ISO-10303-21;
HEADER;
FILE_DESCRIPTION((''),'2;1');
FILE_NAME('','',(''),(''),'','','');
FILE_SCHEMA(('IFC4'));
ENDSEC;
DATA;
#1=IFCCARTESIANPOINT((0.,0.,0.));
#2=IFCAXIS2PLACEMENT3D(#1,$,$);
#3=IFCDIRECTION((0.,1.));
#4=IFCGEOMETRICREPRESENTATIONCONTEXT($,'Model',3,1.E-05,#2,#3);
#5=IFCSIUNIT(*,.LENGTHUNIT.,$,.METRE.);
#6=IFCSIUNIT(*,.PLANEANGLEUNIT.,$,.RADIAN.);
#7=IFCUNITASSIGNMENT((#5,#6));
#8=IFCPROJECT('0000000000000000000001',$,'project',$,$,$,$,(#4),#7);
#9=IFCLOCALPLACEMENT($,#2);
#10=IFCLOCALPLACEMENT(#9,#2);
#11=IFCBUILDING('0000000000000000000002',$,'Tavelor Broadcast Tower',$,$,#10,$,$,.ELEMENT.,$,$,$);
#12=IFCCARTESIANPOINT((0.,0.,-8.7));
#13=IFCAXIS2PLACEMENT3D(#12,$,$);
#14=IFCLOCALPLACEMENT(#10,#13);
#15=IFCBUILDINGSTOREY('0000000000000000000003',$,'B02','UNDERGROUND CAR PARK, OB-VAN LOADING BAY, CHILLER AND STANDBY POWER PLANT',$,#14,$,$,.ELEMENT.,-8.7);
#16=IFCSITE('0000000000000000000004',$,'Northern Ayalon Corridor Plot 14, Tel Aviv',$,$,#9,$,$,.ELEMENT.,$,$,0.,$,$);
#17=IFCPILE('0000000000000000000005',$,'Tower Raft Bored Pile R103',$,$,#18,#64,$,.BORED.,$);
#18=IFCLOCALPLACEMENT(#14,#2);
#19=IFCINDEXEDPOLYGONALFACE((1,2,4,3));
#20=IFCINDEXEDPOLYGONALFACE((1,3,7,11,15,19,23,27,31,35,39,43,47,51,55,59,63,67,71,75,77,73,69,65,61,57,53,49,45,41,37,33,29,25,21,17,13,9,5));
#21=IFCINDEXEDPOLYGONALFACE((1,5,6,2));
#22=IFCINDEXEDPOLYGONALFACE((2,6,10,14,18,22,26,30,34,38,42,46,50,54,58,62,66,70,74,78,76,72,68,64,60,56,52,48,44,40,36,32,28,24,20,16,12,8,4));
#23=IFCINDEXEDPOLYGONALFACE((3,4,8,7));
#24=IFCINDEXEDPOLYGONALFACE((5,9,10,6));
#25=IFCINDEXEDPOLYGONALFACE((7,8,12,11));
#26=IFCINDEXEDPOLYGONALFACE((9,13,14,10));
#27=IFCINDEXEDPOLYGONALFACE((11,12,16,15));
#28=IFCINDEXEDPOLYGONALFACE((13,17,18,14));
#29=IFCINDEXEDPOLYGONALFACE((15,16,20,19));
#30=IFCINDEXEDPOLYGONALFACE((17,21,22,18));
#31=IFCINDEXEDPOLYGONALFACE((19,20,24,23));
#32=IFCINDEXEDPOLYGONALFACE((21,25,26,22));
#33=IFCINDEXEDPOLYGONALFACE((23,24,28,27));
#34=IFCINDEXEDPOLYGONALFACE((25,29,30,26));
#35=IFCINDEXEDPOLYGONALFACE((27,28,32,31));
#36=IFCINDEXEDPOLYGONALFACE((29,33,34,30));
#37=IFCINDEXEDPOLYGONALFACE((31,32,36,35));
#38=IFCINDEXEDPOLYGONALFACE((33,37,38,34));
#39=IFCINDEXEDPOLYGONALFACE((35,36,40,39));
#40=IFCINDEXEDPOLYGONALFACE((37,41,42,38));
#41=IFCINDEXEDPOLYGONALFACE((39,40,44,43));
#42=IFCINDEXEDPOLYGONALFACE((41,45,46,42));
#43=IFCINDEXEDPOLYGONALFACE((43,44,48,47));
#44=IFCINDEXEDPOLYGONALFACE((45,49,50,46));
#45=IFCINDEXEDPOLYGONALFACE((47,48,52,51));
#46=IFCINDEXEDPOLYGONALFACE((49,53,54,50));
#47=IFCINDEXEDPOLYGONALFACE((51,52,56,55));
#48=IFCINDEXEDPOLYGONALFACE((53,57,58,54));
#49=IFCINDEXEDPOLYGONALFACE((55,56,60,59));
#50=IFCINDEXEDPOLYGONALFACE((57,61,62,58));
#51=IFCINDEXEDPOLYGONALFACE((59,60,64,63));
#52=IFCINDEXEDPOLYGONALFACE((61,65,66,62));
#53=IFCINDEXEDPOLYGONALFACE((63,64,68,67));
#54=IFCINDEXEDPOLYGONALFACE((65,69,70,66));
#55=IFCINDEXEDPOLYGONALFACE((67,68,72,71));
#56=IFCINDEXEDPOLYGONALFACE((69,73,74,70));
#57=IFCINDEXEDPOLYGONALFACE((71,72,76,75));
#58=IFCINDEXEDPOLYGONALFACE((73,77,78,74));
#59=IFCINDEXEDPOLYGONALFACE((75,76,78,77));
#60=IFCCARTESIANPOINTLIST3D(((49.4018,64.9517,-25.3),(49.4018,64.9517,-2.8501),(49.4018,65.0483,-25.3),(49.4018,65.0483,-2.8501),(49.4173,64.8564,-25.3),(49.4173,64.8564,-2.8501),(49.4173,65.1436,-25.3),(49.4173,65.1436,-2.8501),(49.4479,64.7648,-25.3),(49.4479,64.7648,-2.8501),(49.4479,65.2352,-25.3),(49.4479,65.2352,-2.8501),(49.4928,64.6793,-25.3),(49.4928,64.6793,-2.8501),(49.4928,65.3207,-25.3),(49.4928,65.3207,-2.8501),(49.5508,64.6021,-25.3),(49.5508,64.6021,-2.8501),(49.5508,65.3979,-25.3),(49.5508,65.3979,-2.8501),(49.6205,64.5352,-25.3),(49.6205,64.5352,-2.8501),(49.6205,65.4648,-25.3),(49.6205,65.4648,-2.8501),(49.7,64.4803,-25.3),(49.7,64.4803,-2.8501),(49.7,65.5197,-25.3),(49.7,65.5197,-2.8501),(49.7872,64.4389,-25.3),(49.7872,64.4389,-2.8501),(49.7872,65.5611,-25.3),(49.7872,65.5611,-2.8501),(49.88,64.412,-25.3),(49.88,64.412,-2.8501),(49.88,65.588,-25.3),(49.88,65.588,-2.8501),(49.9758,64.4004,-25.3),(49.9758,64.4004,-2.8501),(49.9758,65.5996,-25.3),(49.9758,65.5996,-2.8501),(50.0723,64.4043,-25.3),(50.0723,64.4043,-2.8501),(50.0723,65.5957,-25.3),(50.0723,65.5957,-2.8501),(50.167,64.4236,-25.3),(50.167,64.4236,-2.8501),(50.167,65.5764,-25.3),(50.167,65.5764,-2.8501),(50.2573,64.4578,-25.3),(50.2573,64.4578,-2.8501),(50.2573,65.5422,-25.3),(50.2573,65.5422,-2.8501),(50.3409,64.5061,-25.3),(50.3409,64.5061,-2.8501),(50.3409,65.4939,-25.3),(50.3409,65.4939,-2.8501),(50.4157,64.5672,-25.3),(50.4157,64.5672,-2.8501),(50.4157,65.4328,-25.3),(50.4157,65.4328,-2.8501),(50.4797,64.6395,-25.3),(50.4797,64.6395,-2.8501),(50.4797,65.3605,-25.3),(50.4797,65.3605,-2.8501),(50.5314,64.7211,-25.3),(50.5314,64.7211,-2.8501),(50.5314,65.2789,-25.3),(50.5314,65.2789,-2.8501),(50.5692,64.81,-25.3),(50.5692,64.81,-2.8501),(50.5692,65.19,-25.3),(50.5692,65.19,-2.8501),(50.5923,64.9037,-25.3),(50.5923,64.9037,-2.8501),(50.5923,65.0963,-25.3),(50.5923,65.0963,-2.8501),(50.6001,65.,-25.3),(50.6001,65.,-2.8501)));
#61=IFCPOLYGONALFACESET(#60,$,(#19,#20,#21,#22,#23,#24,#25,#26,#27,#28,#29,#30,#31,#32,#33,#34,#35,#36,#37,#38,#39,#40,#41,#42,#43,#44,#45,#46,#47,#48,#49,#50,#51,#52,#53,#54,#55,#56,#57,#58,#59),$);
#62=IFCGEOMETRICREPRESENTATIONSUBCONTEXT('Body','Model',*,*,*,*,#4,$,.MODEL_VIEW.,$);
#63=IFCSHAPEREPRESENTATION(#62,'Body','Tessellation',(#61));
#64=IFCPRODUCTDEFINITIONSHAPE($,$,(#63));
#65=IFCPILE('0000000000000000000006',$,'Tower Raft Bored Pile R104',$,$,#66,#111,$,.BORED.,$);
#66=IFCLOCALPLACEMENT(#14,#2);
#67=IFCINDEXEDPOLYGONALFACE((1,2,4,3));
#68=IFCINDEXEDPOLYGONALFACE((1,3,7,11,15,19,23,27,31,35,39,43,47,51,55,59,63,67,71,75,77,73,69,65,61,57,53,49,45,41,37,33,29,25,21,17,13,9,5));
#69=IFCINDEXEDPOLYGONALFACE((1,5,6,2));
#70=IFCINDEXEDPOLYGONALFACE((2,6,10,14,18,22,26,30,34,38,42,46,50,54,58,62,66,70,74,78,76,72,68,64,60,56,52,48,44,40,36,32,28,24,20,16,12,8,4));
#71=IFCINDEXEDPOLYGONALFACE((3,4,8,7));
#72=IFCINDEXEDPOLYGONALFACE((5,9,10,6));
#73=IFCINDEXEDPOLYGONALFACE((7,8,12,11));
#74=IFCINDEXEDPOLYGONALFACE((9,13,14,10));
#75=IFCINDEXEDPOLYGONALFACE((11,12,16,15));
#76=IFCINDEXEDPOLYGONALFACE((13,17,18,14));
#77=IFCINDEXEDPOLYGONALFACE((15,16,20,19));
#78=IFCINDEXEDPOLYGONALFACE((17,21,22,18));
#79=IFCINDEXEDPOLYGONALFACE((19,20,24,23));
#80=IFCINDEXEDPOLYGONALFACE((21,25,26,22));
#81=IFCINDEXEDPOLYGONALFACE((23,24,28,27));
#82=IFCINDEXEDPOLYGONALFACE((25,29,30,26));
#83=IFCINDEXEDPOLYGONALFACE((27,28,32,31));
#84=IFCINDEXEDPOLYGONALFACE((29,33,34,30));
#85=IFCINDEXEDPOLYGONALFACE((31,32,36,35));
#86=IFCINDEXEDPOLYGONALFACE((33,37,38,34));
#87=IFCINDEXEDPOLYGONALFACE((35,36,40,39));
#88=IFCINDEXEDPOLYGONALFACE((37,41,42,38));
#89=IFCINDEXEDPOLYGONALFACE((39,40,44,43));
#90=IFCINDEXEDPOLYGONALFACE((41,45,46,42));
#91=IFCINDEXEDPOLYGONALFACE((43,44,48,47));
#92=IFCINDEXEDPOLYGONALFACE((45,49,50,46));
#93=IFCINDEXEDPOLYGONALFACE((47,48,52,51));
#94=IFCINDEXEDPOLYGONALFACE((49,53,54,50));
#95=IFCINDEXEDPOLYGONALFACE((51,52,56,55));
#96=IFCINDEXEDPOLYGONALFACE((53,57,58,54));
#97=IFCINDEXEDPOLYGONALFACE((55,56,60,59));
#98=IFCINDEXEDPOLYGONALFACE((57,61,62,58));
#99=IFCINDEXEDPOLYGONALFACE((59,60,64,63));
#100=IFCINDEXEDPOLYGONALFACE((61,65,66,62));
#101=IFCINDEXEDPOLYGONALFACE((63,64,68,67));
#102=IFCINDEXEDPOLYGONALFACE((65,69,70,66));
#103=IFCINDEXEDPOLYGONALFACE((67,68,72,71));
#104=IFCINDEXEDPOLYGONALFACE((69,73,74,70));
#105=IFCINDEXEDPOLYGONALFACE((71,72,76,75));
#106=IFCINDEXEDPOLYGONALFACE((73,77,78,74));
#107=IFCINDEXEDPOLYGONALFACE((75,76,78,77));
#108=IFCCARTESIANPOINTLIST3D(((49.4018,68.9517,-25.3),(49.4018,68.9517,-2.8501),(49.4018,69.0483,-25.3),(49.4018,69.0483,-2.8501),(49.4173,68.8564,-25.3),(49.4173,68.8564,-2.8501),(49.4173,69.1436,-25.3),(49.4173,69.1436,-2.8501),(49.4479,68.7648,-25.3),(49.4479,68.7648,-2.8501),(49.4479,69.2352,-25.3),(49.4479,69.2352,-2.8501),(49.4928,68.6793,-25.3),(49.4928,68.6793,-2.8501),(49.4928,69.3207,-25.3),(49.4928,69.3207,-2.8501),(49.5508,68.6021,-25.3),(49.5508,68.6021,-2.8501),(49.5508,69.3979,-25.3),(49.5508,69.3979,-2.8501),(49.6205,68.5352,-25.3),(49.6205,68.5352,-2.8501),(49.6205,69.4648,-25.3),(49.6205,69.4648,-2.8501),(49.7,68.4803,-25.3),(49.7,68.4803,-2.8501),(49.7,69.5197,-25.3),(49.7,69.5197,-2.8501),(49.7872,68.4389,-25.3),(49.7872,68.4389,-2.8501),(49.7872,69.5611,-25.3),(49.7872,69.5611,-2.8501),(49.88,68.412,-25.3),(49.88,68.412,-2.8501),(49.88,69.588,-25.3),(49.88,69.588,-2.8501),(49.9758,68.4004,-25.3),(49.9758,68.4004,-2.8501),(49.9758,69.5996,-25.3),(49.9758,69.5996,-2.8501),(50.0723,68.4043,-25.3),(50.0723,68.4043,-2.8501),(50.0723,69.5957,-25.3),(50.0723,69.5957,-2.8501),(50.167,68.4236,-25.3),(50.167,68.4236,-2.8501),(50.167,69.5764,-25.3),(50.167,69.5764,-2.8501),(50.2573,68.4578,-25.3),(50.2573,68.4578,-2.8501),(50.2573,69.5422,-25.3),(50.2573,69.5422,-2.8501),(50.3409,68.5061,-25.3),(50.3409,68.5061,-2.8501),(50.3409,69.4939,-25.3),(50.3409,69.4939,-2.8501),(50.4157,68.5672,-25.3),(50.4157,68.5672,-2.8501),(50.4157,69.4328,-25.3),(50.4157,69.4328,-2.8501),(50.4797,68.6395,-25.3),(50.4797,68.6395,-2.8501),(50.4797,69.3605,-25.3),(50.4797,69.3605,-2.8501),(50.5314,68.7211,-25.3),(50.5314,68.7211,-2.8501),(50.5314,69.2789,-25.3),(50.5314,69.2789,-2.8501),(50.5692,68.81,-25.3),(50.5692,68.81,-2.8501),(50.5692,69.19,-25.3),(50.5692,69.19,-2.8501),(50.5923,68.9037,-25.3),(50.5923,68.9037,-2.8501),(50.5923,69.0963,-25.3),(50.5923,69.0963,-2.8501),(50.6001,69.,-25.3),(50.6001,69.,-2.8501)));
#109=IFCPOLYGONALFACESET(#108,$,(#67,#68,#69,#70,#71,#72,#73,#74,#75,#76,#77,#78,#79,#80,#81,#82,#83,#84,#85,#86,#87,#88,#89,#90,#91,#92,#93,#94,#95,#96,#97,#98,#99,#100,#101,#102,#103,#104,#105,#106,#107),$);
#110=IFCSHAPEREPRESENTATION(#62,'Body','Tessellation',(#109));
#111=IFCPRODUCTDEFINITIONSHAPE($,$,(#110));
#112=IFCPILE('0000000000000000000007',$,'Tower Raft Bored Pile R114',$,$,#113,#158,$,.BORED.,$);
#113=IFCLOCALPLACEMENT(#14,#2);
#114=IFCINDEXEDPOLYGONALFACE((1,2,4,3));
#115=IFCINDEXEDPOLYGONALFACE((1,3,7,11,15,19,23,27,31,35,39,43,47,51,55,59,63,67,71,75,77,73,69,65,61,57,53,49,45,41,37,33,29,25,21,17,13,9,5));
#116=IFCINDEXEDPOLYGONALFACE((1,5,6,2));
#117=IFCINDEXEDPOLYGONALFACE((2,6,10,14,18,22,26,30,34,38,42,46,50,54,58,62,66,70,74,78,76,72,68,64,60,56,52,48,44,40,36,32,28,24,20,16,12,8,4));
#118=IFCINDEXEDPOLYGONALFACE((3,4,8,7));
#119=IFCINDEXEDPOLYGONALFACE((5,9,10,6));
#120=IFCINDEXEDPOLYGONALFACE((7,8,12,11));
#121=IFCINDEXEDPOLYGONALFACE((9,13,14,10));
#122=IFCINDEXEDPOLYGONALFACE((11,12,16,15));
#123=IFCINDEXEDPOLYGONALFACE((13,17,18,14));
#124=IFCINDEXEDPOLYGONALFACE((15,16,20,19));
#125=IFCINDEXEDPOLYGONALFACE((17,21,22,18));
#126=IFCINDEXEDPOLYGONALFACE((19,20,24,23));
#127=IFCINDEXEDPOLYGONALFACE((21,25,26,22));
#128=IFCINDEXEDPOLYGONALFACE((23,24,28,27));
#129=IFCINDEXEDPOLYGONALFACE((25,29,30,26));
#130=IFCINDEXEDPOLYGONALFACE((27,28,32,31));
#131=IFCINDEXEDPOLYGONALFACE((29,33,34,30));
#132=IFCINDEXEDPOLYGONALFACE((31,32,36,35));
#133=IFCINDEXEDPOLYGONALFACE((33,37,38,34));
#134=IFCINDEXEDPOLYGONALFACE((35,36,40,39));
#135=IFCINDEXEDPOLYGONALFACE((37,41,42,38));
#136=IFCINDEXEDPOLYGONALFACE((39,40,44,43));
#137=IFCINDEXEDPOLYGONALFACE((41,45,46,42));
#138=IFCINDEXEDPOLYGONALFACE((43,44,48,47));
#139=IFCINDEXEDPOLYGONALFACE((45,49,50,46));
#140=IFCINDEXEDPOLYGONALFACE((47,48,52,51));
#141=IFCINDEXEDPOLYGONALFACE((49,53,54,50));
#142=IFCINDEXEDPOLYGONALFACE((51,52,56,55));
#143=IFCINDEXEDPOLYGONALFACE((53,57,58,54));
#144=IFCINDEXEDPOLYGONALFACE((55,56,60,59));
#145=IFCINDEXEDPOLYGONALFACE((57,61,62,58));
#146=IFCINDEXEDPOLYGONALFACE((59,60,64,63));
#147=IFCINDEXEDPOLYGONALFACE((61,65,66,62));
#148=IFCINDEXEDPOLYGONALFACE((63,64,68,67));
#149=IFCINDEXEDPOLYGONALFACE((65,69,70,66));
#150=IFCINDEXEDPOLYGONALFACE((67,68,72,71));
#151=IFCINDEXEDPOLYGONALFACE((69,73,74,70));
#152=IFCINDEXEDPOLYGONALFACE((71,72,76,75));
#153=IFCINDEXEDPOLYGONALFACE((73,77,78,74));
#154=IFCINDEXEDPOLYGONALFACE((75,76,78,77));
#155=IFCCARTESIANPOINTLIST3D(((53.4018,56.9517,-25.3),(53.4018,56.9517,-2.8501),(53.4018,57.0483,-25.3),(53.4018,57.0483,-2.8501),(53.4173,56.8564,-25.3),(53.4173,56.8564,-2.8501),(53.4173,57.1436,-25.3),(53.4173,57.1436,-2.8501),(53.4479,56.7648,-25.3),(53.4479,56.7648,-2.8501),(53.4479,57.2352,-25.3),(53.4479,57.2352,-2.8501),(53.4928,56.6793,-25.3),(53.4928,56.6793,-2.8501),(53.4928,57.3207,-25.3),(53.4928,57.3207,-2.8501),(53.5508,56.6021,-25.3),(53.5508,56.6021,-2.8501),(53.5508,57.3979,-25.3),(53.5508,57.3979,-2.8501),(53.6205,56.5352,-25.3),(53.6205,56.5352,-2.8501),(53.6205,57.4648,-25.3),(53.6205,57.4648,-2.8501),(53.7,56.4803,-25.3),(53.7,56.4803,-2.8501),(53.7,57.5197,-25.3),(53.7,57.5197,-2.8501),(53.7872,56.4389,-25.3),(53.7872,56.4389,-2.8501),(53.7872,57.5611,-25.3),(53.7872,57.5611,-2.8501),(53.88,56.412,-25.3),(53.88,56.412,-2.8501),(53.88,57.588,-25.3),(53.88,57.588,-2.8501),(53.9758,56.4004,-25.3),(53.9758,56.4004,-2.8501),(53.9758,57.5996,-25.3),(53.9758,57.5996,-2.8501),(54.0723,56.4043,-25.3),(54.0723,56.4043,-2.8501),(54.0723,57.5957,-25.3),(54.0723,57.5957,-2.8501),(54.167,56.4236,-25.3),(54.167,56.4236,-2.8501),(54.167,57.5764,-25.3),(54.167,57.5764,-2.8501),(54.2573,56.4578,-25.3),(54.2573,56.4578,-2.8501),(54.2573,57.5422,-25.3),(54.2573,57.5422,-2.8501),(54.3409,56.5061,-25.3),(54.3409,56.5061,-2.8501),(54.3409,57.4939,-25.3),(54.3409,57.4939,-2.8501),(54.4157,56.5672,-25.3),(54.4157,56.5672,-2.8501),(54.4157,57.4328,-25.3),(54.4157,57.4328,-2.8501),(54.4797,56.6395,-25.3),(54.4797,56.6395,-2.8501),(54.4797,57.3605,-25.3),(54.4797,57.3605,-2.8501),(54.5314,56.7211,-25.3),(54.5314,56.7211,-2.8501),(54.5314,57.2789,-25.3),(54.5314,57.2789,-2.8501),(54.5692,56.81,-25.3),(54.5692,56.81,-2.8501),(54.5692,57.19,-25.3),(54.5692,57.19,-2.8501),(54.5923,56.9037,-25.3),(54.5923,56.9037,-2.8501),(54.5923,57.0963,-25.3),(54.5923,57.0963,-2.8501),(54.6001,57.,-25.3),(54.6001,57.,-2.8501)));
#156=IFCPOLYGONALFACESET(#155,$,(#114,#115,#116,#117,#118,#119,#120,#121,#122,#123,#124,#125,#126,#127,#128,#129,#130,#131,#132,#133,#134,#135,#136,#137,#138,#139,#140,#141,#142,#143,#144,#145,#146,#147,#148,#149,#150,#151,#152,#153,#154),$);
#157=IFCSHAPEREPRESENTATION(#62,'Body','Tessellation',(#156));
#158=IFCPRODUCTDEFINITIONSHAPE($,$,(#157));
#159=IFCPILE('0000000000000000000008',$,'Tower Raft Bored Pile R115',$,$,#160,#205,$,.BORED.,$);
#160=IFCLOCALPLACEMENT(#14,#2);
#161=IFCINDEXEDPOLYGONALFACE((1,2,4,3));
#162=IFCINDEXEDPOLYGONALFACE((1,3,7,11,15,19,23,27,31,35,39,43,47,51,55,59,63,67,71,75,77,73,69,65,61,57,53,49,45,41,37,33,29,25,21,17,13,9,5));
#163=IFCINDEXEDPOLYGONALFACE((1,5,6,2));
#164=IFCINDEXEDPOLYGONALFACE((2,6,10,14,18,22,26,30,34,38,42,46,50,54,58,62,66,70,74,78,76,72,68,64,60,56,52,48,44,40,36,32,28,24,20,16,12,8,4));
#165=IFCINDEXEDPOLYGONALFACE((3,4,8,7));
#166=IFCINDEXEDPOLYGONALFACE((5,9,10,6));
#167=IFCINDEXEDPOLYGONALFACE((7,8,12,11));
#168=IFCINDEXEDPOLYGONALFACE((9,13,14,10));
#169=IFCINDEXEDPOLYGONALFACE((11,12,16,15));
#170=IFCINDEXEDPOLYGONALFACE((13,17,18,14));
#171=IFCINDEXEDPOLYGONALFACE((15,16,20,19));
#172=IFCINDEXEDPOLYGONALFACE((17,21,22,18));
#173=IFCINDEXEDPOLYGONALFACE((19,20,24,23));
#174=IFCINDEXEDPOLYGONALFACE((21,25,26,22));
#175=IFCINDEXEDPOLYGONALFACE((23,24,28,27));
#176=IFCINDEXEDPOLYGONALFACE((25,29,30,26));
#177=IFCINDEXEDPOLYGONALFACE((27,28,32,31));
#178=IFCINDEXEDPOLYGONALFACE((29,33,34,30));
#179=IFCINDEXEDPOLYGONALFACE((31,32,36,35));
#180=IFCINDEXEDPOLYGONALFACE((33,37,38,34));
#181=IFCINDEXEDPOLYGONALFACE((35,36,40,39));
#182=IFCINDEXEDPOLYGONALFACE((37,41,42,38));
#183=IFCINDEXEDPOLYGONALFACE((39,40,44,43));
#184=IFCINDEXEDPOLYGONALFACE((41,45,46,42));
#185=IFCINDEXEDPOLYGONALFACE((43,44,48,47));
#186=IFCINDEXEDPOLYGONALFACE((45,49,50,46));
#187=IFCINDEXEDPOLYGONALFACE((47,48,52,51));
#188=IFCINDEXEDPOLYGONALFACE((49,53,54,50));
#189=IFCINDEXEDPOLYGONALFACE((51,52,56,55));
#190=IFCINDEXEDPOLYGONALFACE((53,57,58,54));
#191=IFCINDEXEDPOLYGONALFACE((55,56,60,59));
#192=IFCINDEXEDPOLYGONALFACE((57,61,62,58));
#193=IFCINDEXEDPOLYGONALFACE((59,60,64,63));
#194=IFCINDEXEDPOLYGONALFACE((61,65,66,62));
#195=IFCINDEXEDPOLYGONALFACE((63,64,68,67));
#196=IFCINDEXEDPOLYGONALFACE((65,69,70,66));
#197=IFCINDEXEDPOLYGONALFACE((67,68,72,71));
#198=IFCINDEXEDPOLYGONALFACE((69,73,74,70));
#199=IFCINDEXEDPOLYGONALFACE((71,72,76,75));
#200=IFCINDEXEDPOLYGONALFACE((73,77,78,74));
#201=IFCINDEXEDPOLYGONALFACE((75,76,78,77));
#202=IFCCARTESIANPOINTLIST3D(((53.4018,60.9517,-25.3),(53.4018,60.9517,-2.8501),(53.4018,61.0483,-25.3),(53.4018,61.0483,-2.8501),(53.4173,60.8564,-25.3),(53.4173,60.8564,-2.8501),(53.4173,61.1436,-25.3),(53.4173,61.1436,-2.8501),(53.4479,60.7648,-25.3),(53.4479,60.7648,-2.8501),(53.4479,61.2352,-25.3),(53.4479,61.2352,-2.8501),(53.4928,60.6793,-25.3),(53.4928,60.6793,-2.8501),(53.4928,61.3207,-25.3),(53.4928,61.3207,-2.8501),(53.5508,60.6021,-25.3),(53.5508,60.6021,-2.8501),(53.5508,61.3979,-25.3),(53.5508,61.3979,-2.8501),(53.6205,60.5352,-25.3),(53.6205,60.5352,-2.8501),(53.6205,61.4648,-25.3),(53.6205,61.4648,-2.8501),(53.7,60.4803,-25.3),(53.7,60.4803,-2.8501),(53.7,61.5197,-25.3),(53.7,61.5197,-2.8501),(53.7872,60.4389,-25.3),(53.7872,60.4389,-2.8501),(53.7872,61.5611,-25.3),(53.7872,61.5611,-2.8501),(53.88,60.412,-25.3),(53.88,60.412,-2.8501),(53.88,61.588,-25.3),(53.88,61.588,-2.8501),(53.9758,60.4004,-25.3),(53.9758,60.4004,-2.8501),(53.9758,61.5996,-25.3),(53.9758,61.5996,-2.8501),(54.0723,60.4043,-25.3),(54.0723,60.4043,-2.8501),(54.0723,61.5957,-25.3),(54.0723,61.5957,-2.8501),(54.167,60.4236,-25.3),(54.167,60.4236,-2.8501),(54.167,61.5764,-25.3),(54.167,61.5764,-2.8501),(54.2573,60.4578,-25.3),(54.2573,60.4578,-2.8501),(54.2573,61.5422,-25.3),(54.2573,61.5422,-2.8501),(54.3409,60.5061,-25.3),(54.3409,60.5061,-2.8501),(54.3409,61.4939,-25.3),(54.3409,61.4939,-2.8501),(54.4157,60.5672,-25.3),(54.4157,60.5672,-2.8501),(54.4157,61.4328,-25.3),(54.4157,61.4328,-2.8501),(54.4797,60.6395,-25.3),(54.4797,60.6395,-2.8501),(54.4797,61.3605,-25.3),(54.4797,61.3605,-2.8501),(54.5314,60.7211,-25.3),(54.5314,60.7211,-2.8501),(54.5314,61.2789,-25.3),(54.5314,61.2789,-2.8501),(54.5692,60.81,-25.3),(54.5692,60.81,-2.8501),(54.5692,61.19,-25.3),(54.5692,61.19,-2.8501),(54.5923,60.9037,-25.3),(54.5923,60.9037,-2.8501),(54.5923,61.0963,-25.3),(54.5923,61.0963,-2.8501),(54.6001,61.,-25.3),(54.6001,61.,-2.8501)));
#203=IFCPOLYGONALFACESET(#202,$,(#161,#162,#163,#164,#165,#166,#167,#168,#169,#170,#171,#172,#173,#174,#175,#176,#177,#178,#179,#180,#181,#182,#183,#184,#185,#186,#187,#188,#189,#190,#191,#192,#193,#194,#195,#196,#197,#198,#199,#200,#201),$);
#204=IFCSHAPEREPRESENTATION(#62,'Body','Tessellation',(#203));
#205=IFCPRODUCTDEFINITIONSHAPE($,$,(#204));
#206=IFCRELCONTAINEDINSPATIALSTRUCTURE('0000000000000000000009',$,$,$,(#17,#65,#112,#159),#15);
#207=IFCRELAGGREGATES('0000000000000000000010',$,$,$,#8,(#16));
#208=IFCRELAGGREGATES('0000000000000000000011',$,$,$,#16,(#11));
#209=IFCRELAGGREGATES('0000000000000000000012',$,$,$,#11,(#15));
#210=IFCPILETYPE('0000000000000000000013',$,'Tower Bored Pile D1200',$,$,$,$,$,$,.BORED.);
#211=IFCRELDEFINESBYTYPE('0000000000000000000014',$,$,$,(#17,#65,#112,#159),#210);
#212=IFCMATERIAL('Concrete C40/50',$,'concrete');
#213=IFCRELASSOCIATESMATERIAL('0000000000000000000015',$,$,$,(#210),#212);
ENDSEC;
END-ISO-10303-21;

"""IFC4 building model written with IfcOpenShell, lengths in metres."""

from ifc_helpers import new_model, si_unit, direction, frame, origin, origin_2d, place, context, subcontext, project, spatial, circle, extrude, material, material_profile, profile_set, type_object, element, save


model = new_model("IFC4")

# Units and contexts
model_context = context("Model", 3, precision=1e-05, world=origin(), true_north=direction((0.0, 1.0)))
body_context = subcontext(model_context, "Body", "Model", "MODEL_VIEW")
ifc_project = project(units=[si_unit("LENGTHUNIT", "METRE"), si_unit("PLANEANGLEUNIT", "RADIAN")], contexts=[model_context])

# Site, building, storey
site_placement = place(None, origin())
site = spatial("IfcSite", under=ifc_project, at=site_placement, Name="Northern Ayalon Corridor Plot 14, Tel Aviv", CompositionType="ELEMENT", RefElevation=0.0)
building_placement = place(site_placement, origin())
building = spatial("IfcBuilding", under=site, at=building_placement, Name="Tavelor Broadcast Tower", CompositionType="ELEMENT")
storey_placement = place(building_placement, frame((0.0, 0.0, -8.7)))
storey = spatial("IfcBuildingStorey", under=building, at=storey_placement, Name="B02", Description="UNDERGROUND CAR PARK, OB-VAN LOADING BAY, CHILLER AND STANDBY POWER PLANT", CompositionType="ELEMENT", Elevation=-8.7)

# Shared definitions
ifc_material_1 = material(Name="Concrete C40/50", Category="concrete")

# Piles
ifc_material_profile_1 = material_profile(ifc_material_1, circle(Radius=0.6001, at=origin_2d()), Name="PILE D1200")
ifc_profile_set_1 = profile_set([ifc_material_profile_1], Name="Concrete C40/50")
pile_type_1 = type_object("IfcPileType", Name="Tower Bored Pile D1200", PredefinedType="BORED", material=ifc_profile_set_1)
for number, where, z_axis, x_axis, name in (
    (1, (50.0, 65.0, -2.8501), (0.0, 0.0, -1.0), (1.0, 0.0, 0.0), "Tower Raft Bored Pile R103"),
    (2, (50.0, 69.0, -2.8501), (0.0, 0.0, -1.0), (1.0, 0.0, 0.0), "Tower Raft Bored Pile R104"),
    (3, (54.0, 57.0, -2.8501), (0.0, 0.0, -1.0), (1.0, 0.0, 0.0), "Tower Raft Bored Pile R114"),
    (4, (54.0, 61.0, -2.8501), (0.0, 0.0, -1.0), (1.0, 0.0, 0.0), "Tower Raft Bored Pile R115"),
):
    element("IfcPile", number, at=place(storey_placement, frame(where, z_axis=z_axis, x_axis=x_axis)), inside=storey, type_object=pile_type_1, Name=name, PredefinedType="BORED", context=body_context, shape_type="SweptSolid", body=[
        extrude(circle(Radius=0.6001, at=origin_2d()), origin(), (0.0, 0.0, 1.0), 22.45),
    ])

save(model, "model.ifc")
